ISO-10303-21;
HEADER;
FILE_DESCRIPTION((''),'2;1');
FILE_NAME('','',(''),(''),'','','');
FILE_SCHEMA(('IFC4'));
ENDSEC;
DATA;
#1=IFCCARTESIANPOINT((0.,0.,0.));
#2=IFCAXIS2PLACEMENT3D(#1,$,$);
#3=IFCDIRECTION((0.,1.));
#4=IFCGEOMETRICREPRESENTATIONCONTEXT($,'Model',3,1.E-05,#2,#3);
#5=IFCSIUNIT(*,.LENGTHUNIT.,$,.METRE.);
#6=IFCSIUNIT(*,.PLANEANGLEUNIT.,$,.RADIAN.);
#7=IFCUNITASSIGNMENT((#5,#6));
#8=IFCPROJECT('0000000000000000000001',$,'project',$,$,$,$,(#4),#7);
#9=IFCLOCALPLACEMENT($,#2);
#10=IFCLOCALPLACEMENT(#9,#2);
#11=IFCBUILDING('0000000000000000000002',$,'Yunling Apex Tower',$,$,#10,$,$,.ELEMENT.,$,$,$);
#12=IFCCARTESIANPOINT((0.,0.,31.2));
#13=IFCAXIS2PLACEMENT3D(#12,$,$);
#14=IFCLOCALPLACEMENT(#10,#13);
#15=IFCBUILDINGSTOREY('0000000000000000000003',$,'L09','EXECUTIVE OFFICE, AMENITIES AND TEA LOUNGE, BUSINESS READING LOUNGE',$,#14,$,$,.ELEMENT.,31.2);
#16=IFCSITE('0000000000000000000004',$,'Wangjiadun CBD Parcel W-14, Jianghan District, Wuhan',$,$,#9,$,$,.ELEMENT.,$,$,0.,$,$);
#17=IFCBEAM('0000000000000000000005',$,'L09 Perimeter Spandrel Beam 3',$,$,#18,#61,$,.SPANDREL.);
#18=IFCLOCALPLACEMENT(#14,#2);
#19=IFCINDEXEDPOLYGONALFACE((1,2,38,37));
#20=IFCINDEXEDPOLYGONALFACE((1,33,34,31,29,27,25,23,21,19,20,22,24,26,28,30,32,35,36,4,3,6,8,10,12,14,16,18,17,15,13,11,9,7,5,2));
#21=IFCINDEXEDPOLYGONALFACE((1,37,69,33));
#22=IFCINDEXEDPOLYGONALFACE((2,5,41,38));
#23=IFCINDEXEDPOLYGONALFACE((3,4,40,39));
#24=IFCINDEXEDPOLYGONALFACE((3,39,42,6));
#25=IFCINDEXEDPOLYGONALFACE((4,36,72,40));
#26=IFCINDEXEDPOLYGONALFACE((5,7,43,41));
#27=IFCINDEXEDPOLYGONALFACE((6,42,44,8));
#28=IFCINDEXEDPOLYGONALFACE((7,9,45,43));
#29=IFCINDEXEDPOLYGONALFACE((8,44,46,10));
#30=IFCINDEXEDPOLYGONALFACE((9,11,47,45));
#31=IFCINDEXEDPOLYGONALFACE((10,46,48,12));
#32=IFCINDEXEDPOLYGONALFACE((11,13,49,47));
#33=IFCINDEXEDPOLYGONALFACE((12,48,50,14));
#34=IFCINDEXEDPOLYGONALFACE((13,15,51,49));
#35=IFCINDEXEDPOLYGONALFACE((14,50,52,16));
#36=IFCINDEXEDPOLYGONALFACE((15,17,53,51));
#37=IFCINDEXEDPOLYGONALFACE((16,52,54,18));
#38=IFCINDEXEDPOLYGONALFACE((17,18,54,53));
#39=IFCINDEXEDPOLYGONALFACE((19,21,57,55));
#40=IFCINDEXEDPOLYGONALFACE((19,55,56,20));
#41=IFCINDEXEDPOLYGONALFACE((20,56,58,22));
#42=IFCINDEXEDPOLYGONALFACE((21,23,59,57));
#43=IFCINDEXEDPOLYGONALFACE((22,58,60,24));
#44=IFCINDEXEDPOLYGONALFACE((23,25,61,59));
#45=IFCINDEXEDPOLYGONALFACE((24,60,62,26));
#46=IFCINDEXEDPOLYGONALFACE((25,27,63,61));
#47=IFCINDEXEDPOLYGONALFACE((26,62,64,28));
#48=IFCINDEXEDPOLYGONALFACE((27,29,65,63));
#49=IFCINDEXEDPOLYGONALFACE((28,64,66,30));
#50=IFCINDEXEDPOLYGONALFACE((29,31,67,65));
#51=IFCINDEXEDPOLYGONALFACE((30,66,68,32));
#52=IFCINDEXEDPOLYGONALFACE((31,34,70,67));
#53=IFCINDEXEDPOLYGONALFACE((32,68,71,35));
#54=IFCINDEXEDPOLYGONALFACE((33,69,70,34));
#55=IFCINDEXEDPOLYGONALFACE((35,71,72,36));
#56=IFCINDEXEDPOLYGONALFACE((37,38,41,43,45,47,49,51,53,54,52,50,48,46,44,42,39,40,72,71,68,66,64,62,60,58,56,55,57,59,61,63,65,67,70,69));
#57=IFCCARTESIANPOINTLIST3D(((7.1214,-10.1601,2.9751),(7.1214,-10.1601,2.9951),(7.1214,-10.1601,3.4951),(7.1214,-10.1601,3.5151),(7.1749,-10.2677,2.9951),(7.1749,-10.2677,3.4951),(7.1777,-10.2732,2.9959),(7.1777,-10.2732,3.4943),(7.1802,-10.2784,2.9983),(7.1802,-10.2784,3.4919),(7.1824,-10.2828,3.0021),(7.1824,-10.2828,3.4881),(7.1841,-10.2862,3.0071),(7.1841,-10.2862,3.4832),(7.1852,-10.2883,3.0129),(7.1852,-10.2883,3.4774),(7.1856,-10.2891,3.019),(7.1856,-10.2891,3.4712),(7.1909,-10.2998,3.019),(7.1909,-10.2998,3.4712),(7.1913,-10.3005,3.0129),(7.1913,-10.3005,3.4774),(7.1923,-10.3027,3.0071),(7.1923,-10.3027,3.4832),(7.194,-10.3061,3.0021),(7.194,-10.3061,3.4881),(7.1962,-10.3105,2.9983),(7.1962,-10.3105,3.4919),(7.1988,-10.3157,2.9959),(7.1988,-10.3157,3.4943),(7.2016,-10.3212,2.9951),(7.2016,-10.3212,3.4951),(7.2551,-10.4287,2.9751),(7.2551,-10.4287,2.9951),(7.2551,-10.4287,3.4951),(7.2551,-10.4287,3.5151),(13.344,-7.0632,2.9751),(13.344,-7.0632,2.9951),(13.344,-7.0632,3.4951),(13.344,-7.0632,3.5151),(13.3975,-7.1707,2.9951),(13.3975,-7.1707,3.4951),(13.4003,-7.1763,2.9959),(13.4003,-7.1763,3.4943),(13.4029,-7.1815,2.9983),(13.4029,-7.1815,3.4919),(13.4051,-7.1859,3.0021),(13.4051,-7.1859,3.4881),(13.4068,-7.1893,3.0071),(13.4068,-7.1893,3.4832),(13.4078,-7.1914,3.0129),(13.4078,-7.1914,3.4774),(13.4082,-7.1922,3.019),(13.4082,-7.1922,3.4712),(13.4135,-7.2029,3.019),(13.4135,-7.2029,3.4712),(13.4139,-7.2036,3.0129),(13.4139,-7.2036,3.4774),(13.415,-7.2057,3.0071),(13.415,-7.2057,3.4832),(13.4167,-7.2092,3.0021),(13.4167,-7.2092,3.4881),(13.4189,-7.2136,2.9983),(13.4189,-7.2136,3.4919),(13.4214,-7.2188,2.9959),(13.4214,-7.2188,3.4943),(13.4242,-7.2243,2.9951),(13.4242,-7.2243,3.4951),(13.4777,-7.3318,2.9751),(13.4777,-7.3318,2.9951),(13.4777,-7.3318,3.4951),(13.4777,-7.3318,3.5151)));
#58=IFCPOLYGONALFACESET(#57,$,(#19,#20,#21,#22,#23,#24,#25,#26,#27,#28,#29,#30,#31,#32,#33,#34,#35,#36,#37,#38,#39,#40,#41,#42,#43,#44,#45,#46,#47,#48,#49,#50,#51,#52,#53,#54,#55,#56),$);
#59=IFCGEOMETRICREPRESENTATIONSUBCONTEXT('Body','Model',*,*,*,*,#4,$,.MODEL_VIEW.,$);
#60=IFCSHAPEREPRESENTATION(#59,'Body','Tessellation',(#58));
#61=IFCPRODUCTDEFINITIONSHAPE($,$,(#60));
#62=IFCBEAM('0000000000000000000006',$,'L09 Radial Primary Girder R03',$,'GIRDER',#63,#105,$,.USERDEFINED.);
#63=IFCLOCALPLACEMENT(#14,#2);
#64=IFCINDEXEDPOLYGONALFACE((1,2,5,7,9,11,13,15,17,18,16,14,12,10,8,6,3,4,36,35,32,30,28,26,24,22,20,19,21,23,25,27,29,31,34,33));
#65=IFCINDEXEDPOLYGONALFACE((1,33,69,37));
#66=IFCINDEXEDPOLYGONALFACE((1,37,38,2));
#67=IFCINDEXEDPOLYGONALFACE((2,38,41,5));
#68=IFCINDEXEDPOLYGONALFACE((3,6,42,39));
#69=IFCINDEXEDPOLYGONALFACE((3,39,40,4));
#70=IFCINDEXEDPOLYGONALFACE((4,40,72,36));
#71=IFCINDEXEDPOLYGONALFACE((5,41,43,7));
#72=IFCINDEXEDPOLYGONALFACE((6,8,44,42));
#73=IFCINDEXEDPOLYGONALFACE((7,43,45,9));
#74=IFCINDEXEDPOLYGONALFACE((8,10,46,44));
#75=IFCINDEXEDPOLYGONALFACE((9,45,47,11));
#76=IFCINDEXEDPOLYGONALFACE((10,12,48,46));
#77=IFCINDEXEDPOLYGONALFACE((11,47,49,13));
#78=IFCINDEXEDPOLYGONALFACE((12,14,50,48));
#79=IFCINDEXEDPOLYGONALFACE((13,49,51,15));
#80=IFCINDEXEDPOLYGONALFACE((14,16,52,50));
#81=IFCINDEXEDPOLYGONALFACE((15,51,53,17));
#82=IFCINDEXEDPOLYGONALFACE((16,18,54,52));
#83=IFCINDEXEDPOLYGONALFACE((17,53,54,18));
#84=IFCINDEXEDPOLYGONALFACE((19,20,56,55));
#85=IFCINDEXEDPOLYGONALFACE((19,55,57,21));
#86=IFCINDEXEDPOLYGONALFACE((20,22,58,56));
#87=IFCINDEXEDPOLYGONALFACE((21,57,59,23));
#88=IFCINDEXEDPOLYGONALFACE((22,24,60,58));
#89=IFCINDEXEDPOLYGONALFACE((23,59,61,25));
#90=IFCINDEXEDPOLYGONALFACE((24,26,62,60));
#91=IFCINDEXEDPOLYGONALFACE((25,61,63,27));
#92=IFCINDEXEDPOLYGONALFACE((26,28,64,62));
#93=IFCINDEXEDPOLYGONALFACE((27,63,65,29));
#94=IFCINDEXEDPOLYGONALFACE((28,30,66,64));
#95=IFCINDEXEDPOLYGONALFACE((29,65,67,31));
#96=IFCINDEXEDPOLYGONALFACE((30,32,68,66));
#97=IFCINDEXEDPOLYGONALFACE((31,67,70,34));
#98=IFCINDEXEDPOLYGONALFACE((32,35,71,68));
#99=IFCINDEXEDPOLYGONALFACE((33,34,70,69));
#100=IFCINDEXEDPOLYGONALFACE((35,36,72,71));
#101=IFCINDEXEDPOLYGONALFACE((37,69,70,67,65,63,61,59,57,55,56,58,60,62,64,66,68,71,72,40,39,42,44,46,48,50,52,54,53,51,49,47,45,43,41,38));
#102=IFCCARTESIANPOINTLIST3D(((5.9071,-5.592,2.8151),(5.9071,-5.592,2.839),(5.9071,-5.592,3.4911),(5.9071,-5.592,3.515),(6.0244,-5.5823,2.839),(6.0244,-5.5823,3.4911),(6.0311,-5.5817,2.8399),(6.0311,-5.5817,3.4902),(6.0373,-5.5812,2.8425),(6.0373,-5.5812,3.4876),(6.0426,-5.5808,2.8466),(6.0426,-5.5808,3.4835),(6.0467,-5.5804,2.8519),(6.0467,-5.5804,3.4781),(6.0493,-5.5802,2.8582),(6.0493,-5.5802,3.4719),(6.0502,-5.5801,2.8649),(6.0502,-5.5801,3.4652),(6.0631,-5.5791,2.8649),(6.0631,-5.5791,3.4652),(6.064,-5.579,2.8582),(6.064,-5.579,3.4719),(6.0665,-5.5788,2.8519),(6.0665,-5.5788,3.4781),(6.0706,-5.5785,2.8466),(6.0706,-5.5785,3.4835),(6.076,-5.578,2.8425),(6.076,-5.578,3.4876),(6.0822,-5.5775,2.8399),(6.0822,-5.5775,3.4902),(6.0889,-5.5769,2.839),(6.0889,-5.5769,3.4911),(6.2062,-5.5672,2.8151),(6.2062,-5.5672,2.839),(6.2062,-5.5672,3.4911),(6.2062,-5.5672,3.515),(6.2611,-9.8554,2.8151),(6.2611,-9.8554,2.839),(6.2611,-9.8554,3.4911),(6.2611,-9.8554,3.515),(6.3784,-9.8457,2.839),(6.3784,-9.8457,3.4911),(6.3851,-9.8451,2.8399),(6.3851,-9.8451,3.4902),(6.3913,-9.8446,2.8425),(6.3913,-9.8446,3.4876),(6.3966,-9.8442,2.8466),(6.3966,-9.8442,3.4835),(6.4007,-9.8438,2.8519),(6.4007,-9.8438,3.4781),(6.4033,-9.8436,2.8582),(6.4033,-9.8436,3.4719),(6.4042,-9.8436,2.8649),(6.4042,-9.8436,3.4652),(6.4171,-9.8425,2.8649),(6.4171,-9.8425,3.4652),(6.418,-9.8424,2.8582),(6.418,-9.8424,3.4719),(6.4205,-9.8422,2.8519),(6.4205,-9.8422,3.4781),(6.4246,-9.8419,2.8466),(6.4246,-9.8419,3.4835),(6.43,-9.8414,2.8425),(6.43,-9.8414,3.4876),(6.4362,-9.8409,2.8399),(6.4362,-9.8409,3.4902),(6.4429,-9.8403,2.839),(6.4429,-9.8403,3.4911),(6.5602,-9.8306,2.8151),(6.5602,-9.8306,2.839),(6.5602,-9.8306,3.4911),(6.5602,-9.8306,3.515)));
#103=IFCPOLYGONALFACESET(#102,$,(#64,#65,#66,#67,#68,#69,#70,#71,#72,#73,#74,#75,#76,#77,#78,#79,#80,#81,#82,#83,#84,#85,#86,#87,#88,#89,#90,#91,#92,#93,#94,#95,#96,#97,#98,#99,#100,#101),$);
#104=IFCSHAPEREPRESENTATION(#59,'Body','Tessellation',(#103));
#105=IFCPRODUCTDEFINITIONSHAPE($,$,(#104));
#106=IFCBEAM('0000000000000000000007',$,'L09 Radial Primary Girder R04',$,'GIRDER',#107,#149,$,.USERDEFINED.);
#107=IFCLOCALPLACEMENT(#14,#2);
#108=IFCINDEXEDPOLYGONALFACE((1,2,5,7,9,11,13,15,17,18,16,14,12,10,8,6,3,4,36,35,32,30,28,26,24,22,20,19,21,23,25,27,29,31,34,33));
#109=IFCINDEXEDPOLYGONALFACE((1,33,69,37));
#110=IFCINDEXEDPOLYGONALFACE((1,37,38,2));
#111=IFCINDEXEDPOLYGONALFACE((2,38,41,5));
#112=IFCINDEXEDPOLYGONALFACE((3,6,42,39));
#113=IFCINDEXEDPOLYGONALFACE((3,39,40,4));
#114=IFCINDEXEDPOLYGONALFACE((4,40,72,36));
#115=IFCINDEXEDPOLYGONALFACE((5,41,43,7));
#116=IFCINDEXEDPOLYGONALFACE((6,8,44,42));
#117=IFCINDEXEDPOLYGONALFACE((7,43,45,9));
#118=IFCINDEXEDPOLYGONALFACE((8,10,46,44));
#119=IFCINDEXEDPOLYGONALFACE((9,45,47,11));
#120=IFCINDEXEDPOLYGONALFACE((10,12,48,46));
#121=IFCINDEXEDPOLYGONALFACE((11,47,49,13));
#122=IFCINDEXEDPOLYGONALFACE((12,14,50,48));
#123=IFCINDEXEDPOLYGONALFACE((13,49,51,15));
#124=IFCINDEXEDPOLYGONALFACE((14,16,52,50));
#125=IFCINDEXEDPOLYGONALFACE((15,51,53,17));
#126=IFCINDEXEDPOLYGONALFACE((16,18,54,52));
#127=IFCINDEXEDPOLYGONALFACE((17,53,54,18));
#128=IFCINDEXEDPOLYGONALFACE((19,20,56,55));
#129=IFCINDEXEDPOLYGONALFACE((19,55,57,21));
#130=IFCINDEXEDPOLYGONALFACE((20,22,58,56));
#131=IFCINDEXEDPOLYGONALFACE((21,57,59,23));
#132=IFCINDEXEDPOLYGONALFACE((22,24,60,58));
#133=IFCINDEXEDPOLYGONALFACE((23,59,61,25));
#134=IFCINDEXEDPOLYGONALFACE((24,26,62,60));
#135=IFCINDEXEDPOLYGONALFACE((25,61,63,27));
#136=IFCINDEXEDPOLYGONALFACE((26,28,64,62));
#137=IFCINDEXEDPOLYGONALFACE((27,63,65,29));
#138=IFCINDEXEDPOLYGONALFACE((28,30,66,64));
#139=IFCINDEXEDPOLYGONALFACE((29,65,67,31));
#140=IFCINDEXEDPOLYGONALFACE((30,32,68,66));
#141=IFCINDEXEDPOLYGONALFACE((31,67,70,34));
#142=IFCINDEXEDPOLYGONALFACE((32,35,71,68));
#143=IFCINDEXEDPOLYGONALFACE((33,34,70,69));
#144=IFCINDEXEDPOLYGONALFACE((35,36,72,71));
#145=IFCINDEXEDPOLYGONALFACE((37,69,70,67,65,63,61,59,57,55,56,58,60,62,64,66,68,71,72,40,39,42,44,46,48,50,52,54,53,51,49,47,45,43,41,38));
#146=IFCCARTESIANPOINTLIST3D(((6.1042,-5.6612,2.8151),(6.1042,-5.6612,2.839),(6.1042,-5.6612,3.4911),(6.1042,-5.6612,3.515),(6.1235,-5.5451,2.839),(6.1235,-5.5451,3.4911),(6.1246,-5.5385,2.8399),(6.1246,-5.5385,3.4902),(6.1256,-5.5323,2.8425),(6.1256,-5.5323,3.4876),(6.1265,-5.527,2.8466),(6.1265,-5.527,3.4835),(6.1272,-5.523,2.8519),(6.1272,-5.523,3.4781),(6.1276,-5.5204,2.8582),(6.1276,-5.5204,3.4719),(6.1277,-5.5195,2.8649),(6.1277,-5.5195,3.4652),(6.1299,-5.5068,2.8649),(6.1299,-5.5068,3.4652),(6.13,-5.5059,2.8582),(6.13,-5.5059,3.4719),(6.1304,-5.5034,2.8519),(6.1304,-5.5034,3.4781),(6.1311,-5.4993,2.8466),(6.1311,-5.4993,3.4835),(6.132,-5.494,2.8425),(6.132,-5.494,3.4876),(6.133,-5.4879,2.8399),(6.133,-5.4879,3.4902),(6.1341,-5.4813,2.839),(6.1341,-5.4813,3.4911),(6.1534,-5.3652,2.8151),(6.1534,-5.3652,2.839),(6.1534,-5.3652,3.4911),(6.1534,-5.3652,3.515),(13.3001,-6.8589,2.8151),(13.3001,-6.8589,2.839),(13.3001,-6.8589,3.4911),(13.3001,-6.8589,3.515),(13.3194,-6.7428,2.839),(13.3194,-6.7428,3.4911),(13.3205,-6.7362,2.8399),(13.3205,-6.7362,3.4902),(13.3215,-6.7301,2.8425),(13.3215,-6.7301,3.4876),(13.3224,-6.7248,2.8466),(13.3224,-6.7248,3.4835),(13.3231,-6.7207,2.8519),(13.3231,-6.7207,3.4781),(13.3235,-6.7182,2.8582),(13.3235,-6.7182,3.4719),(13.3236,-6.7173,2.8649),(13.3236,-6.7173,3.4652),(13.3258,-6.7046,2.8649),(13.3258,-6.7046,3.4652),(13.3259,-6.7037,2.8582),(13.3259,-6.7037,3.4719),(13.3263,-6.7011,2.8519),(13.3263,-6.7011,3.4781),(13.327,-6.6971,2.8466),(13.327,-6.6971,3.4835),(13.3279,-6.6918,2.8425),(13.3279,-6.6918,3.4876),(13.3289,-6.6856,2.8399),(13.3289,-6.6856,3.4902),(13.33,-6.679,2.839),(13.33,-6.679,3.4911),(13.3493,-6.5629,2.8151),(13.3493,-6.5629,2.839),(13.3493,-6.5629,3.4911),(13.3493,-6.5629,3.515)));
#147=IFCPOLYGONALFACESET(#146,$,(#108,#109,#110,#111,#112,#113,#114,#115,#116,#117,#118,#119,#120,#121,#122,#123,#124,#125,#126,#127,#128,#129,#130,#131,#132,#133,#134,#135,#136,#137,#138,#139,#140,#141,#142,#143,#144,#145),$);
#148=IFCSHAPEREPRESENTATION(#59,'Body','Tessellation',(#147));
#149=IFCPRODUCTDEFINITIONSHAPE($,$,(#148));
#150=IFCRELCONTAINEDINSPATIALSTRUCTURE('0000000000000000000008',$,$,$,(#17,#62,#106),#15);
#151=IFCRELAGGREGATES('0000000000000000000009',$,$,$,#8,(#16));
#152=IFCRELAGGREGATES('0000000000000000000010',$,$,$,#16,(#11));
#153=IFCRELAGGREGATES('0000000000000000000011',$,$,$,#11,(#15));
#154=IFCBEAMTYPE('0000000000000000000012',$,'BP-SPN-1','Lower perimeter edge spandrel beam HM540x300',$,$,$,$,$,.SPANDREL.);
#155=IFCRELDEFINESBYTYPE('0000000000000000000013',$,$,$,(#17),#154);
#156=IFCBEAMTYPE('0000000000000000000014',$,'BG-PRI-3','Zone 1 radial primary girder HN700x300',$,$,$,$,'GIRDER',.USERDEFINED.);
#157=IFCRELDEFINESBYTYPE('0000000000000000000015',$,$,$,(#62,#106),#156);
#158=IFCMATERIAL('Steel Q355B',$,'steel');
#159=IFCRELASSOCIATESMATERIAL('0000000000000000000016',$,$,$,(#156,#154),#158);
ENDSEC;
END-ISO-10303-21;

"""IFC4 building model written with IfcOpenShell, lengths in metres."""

from ifc_helpers import new_model, si_unit, direction, frame, origin, origin_2d, place, context, subcontext, project, spatial, i_section, extrude, source, transform, mapped, material, material_profile, profile_set, type_object, element, save


model = new_model("IFC4")

# Units and contexts
model_context = context("Model", 3, precision=1e-05, world=origin(), true_north=direction((0.0, 1.0)))
body_context = subcontext(model_context, "Body", "Model", "MODEL_VIEW")
ifc_project = project(units=[si_unit("LENGTHUNIT", "METRE"), si_unit("PLANEANGLEUNIT", "RADIAN")], contexts=[model_context])

# Site, building, storey
site_placement = place(None, origin())
site = spatial("IfcSite", under=ifc_project, at=site_placement, Name="Wangjiadun CBD Parcel W-14, Jianghan District, Wuhan", CompositionType="ELEMENT", RefElevation=0.0)
building_placement = place(site_placement, origin())
building = spatial("IfcBuilding", under=site, at=building_placement, Name="Yunling Apex Tower", CompositionType="ELEMENT")
storey_placement = place(building_placement, frame((0.0, 0.0, 31.2)))
storey = spatial("IfcBuildingStorey", under=building, at=storey_placement, Name="L09", Description="EXECUTIVE OFFICE, AMENITIES AND TEA LOUNGE, BUSINESS READING LOUNGE", CompositionType="ELEMENT", Elevation=31.2)

# Beams
ifc_material_1 = material(Name="Steel Q355B", Category="steel")
ifc_material_profile_1 = material_profile(ifc_material_1, i_section(OverallWidth=0.3, OverallDepth=0.7, WebThickness=0.0129, FlangeThickness=0.0239, FilletRadius=0.0259, at=origin_2d()))
ifc_profile_set_1 = profile_set([ifc_material_profile_1], Name="Steel Q355B")
beam_type_1 = type_object("IfcBeamType", Name="BG-PRI-3", Description="Zone 1 radial primary girder HN700x300", ElementType="GIRDER", PredefinedType="USERDEFINED", material=ifc_profile_set_1)
ifc_material_profile_2 = material_profile(ifc_material_1, i_section(OverallWidth=0.3, OverallDepth=0.54, WebThickness=0.012, FlangeThickness=0.02, FilletRadius=0.0239, at=origin_2d()))
ifc_profile_set_2 = profile_set([ifc_material_profile_2], Name="Steel Q355B")
beam_type_2 = type_object("IfcBeamType", Name="BP-SPN-1", Description="Lower perimeter edge spandrel beam HM540x300", PredefinedType="SPANDREL", material=ifc_profile_set_2)
shared_shape_1 = source(origin(), body_context, "Body", "SweptSolid", [
    extrude(i_section(OverallWidth=0.3, OverallDepth=0.54, WebThickness=0.012, FlangeThickness=0.02, FilletRadius=0.0239, at=origin_2d()), origin(), (0.0, 0.0, 1.0), 6.9507),
])
beam_1_placement = place(storey_placement, frame((7.1882, -10.2944, 3.2451), z_axis=(0.895255, 0.445555, 0.0), x_axis=(-0.445555, 0.895255, 0.0)))
element("IfcBeam", 1, at=beam_1_placement, inside=storey, type_object=beam_type_2, Name="L09 Perimeter Spandrel Beam 3", PredefinedType="SPANDREL", context=body_context, shape_type="MappedRepresentation", body=[
    mapped(shared_shape_1, transform((0.0, 0.0, 0.0), scale=1.0)),
])
shared_shape_2 = source(origin(), body_context, "Body", "SweptSolid", [
    extrude(i_section(OverallWidth=0.3, OverallDepth=0.7, WebThickness=0.0129, FlangeThickness=0.0239, FilletRadius=0.0259, at=origin_2d()), origin(), (0.0, 0.0, 1.0), 4.2781),
])
beam_2_placement = place(storey_placement, frame((6.4106, -9.843, 3.165), z_axis=(-0.082748, 0.996571, 0.0), x_axis=(-0.996571, -0.082748, 0.0)))
element("IfcBeam", 2, at=beam_2_placement, inside=storey, type_object=beam_type_1, Name="L09 Radial Primary Girder R03", ObjectType="GIRDER", PredefinedType="USERDEFINED", context=body_context, shape_type="MappedRepresentation", body=[
    mapped(shared_shape_2, transform((0.0, 0.0, 0.0), scale=1.0)),
])
shared_shape_3 = source(origin(), body_context, "Body", "SweptSolid", [
    extrude(i_section(OverallWidth=0.3, OverallDepth=0.7, WebThickness=0.0129, FlangeThickness=0.0239, FilletRadius=0.0259, at=origin_2d()), origin(), (0.0, 0.0, 1.0), 7.2949),
])
beam_3_placement = place(storey_placement, frame((13.3247, -6.7109, 3.165), z_axis=(-0.986428, 0.164193, 0.0), x_axis=(-0.164193, -0.986428, 0.0)))
element("IfcBeam", 3, at=beam_3_placement, inside=storey, type_object=beam_type_1, Name="L09 Radial Primary Girder R04", ObjectType="GIRDER", PredefinedType="USERDEFINED", context=body_context, shape_type="MappedRepresentation", body=[
    mapped(shared_shape_3, transform((0.0, 0.0, 0.0), scale=1.0)),
])

save(model, "model.ifc")
